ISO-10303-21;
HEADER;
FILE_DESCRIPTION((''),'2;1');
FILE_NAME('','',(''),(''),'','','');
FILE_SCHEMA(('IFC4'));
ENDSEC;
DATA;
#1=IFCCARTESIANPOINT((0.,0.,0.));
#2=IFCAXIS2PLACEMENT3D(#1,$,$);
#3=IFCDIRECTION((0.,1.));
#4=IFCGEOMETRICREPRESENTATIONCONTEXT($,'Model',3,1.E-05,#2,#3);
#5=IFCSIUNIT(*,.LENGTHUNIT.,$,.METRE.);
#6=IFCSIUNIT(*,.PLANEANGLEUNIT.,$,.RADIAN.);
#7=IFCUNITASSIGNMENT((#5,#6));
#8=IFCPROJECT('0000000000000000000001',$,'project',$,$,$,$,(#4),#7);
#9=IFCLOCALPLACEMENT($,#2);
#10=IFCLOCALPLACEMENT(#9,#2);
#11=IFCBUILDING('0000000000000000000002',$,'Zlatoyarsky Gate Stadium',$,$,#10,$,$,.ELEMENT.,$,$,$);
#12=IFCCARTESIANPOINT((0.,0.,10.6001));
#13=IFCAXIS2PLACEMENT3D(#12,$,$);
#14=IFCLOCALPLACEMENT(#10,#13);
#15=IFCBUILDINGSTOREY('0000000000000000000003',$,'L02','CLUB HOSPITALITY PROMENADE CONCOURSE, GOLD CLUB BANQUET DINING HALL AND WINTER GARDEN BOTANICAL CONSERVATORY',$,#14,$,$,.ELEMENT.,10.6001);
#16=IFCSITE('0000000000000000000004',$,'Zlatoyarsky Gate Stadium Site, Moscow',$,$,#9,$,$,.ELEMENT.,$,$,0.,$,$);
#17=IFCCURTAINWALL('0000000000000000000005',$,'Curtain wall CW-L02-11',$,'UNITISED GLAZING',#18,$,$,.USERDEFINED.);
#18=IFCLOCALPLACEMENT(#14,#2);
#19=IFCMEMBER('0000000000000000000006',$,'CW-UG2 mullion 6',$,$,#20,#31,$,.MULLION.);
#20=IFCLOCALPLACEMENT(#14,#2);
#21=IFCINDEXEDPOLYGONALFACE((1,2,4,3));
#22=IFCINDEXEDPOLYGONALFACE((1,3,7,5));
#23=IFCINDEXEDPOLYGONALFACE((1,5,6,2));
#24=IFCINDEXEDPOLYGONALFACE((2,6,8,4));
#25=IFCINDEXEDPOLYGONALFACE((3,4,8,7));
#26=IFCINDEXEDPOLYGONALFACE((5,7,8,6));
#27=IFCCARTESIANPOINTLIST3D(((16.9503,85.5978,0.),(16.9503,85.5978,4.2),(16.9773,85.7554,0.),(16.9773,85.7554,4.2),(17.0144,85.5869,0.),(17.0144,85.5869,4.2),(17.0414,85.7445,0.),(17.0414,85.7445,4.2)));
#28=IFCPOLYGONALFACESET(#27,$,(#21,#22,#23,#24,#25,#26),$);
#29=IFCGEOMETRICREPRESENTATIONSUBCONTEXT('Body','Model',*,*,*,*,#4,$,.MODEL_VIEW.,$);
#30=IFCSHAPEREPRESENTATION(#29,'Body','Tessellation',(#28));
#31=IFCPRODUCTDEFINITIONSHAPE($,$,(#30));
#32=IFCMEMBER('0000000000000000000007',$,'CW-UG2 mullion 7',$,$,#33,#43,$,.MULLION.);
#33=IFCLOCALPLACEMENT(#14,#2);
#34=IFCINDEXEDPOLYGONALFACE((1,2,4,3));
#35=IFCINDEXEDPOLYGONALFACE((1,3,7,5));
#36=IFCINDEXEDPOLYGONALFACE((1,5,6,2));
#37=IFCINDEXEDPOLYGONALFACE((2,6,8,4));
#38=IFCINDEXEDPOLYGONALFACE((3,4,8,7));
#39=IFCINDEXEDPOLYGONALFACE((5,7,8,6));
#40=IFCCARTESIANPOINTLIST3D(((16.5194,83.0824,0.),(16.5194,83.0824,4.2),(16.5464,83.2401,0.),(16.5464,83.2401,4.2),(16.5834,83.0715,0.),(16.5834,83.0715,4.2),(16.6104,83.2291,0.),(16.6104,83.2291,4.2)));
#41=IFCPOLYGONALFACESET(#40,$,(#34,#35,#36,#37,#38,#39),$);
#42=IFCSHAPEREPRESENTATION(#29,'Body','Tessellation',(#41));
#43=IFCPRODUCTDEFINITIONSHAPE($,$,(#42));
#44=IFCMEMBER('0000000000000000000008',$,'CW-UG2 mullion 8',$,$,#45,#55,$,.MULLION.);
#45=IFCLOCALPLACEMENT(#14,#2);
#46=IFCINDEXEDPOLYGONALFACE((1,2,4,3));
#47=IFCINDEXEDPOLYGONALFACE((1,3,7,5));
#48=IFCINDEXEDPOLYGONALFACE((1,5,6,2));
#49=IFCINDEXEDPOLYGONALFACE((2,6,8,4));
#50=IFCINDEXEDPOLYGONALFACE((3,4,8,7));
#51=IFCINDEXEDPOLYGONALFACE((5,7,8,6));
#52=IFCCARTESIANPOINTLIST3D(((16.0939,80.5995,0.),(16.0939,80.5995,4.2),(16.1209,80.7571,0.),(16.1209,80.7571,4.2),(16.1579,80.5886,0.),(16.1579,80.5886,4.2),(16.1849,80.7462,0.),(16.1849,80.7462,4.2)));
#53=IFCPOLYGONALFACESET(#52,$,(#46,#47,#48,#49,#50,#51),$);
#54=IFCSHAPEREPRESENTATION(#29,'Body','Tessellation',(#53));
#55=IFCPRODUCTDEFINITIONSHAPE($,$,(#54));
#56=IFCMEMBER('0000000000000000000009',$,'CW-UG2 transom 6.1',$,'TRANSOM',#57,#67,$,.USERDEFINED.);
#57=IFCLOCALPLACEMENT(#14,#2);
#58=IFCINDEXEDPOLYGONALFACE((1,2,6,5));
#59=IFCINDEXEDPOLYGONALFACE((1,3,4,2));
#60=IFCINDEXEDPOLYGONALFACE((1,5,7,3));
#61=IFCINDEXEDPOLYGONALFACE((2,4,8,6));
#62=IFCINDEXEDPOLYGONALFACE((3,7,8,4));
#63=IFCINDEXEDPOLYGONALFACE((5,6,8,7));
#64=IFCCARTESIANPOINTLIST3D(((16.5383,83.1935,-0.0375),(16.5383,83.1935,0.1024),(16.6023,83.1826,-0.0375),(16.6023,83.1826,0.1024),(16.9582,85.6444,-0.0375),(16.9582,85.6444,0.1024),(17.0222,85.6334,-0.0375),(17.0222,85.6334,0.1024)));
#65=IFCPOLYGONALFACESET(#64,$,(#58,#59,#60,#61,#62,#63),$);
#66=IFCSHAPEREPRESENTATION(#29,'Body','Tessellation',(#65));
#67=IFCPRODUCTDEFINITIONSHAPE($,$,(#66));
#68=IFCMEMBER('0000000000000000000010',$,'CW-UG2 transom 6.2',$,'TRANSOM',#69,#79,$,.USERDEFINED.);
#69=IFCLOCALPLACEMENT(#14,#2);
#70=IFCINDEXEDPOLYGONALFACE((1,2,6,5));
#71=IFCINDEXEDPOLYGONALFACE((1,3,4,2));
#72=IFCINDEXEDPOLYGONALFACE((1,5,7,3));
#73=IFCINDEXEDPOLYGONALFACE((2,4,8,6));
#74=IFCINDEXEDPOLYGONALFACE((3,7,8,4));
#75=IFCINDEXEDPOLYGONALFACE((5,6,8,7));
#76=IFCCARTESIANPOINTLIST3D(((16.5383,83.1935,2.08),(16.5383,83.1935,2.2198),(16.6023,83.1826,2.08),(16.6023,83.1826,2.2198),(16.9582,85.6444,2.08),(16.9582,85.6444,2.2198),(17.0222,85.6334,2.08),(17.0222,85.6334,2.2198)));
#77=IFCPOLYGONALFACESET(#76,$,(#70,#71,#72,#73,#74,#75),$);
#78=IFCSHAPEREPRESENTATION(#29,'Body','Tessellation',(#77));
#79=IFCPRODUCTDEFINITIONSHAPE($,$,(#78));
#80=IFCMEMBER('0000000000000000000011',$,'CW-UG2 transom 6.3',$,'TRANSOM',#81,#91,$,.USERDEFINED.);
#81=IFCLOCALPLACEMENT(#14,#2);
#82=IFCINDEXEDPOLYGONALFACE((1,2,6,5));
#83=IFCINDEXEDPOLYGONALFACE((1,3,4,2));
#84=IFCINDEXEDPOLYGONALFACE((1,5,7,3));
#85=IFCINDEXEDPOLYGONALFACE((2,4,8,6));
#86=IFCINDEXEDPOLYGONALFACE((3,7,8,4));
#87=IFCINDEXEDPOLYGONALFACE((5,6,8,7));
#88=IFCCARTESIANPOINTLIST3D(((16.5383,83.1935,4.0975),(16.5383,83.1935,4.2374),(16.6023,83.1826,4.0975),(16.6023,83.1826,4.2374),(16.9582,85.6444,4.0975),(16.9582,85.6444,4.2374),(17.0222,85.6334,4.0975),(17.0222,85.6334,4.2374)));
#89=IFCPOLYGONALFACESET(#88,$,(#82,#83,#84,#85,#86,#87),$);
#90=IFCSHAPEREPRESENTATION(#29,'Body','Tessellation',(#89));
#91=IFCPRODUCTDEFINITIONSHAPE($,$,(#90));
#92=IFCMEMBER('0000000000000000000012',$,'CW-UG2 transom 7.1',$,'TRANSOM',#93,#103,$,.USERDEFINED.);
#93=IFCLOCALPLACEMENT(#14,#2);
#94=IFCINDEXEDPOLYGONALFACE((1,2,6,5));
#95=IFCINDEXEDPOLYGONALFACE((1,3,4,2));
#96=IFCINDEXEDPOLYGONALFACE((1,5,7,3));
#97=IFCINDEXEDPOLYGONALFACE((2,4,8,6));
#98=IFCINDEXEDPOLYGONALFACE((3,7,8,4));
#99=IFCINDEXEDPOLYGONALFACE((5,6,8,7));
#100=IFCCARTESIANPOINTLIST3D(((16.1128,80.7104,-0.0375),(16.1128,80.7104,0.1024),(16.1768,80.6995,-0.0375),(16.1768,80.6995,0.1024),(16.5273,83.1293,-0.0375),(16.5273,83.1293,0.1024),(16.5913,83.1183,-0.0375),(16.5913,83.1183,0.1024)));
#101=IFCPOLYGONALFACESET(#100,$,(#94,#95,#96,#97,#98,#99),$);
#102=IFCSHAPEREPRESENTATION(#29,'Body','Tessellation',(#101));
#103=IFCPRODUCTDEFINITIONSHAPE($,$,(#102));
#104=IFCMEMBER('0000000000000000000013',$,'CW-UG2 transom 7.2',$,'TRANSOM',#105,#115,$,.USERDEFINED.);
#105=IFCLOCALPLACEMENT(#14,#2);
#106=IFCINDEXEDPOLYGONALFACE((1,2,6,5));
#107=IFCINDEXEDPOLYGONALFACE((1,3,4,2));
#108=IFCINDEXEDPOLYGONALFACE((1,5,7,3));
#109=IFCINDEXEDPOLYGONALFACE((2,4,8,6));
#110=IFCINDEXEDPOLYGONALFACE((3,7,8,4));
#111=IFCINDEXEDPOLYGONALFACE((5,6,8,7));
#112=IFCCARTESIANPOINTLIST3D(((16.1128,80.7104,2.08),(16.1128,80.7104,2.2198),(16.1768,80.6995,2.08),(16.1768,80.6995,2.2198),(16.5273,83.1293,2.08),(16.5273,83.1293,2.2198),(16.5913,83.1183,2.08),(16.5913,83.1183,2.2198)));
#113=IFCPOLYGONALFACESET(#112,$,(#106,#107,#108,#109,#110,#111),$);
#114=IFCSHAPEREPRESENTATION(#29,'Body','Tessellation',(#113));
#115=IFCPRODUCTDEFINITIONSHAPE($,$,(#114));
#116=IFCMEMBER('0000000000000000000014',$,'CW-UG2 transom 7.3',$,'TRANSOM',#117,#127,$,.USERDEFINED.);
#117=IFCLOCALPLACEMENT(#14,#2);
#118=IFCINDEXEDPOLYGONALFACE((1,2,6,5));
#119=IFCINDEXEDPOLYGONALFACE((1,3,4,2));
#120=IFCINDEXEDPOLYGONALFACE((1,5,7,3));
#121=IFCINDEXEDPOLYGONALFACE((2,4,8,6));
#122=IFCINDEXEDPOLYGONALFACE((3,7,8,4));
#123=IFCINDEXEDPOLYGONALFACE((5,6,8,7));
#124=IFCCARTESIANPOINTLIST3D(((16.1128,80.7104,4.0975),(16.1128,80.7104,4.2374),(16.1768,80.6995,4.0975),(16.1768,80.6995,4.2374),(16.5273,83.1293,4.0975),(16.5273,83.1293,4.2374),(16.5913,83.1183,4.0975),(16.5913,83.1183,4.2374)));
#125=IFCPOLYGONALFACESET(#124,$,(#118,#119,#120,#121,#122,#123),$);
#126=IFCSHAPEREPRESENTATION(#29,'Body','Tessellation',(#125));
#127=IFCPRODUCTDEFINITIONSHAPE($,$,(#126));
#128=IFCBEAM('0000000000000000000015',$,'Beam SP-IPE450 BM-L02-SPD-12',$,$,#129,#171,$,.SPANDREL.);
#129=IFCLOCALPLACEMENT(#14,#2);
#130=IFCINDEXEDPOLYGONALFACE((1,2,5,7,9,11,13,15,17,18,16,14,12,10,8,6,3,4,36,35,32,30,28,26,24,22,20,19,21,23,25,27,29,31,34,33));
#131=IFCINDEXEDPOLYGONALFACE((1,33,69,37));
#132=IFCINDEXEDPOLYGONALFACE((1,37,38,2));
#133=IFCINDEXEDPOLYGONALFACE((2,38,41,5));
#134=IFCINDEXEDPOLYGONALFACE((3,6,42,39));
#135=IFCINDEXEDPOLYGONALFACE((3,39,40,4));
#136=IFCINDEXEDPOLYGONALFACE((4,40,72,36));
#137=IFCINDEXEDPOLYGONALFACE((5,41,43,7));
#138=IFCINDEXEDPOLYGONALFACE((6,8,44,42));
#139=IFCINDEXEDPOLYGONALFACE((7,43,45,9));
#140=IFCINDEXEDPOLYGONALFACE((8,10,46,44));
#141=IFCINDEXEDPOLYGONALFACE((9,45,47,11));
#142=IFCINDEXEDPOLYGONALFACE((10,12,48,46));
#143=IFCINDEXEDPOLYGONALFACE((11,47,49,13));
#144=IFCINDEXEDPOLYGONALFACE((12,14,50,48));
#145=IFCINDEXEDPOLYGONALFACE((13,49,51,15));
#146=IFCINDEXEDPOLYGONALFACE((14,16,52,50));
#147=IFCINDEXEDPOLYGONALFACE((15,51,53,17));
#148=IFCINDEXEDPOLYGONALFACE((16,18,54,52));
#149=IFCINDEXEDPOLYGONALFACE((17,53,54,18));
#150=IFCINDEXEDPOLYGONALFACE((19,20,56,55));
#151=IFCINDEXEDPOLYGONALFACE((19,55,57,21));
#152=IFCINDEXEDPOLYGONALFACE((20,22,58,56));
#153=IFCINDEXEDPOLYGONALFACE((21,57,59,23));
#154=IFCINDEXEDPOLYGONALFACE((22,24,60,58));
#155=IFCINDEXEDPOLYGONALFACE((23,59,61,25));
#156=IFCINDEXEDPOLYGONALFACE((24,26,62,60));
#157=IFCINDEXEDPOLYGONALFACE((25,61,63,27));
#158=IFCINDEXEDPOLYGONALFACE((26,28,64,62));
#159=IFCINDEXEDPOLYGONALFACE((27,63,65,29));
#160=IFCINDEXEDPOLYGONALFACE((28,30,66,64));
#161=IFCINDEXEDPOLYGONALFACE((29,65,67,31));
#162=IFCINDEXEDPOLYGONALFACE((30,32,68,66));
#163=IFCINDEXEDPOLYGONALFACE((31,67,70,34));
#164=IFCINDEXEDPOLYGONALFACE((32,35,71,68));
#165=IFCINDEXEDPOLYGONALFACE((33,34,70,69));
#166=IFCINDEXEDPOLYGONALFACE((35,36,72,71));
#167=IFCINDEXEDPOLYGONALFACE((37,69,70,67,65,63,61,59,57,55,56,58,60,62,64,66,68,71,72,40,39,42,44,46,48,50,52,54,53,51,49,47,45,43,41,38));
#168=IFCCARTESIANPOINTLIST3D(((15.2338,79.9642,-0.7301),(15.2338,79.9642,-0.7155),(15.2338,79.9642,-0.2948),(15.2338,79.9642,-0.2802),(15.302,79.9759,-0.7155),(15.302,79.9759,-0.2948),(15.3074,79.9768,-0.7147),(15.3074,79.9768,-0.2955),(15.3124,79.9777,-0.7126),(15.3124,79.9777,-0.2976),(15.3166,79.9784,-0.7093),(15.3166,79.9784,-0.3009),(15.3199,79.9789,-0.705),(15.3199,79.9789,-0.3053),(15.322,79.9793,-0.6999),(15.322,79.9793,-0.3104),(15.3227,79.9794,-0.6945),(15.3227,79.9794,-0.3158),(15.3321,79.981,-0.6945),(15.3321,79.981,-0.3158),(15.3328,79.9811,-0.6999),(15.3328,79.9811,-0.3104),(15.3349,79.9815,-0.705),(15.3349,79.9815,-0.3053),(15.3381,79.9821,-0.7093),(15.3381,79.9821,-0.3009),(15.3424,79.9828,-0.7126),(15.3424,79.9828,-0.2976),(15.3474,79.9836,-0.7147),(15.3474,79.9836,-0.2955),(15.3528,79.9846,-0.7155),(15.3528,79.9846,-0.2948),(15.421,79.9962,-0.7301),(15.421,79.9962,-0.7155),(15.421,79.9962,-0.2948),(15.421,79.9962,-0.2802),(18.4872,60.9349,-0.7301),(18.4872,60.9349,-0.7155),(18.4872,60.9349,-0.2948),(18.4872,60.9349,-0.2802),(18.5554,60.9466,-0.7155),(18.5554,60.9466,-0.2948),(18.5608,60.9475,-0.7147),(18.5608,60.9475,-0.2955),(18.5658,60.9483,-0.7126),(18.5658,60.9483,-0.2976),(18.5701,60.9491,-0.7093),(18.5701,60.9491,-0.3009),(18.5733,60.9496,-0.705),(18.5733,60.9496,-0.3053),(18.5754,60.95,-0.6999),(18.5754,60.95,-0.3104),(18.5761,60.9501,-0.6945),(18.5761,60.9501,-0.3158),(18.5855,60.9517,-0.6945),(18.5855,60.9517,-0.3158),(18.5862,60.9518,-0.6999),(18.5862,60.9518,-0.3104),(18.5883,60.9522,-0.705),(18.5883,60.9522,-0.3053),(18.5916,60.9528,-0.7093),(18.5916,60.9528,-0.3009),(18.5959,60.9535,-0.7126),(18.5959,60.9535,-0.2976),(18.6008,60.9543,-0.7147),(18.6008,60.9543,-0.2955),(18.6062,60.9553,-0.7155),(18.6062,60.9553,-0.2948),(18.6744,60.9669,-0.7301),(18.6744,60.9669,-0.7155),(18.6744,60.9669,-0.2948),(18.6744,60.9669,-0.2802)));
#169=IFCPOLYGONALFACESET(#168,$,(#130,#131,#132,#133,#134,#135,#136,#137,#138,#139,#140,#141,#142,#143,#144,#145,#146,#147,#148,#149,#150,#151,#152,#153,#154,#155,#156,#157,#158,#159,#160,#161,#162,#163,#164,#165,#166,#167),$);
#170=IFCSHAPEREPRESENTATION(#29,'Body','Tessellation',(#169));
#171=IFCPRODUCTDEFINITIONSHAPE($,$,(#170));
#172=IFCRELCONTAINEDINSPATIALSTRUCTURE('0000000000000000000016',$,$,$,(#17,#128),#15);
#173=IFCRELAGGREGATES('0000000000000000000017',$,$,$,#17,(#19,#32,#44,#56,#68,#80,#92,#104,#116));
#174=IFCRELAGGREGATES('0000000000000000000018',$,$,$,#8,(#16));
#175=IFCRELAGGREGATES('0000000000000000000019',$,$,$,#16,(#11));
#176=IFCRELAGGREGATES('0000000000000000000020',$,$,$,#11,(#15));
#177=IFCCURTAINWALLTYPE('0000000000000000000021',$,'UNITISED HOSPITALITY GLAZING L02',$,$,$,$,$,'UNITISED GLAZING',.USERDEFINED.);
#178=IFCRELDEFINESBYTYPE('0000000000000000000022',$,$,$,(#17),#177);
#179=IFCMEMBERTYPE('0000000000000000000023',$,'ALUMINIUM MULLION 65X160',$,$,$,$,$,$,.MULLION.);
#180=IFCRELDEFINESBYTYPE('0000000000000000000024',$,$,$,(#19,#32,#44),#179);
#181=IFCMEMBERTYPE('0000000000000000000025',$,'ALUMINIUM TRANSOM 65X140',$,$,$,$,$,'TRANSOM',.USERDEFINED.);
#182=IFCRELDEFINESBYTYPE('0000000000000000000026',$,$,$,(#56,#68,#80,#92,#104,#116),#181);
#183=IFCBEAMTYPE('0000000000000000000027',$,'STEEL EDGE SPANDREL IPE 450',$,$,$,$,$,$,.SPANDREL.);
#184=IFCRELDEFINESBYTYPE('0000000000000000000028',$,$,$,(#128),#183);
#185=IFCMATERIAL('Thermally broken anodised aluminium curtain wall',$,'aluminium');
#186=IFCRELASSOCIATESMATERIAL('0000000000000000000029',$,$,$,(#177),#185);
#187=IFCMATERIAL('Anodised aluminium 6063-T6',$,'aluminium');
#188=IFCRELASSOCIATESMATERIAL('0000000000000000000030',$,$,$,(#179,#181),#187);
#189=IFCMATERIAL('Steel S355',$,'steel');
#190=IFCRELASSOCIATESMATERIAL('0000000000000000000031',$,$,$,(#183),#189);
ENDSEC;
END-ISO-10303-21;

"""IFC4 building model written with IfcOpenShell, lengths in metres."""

from ifc_helpers import new_model, si_unit, direction, frame, origin, origin_2d, place, context, subcontext, project, spatial, rectangle, i_section, extrude, material, material_profile, profile_set, type_object, element, aggregate, save


model = new_model("IFC4")

# Units and contexts
model_context = context("Model", 3, precision=1e-05, world=origin(), true_north=direction((0.0, 1.0)))
body_context = subcontext(model_context, "Body", "Model", "MODEL_VIEW")
ifc_project = project(units=[si_unit("LENGTHUNIT", "METRE"), si_unit("PLANEANGLEUNIT", "RADIAN")], contexts=[model_context])

# Site, building, storey
site_placement = place(None, origin())
site = spatial("IfcSite", under=ifc_project, at=site_placement, Name="Zlatoyarsky Gate Stadium Site, Moscow", CompositionType="ELEMENT", RefElevation=0.0)
building_placement = place(site_placement, origin())
building = spatial("IfcBuilding", under=site, at=building_placement, Name="Zlatoyarsky Gate Stadium", CompositionType="ELEMENT")
storey_placement = place(building_placement, frame((0.0, 0.0, 10.6001)))
storey = spatial("IfcBuildingStorey", under=building, at=storey_placement, Name="L02", Description="CLUB HOSPITALITY PROMENADE CONCOURSE, GOLD CLUB BANQUET DINING HALL AND WINTER GARDEN BOTANICAL CONSERVATORY", CompositionType="ELEMENT", Elevation=10.6001)

# Curtain wall, members
ifc_material_1 = material(Name="Thermally broken anodised aluminium curtain wall", Category="aluminium")
curtain_wall_type = type_object("IfcCurtainWallType", Name="UNITISED HOSPITALITY GLAZING L02", ElementType="UNITISED GLAZING", PredefinedType="USERDEFINED", material=ifc_material_1)
curtain_wall_placement = place(storey_placement, origin())
curtain_wall = element("IfcCurtainWall", 1, at=curtain_wall_placement, inside=storey, type_object=curtain_wall_type, Name="Curtain wall CW-L02-11", ObjectType="UNITISED GLAZING", PredefinedType="USERDEFINED")
ifc_material_2 = material(Name="Anodised aluminium 6063-T6", Category="aluminium")
ifc_material_profile_1 = material_profile(ifc_material_2, rectangle(XDim=0.0649, YDim=0.1599, at=origin_2d()), Name="ALU 65X160")
ifc_profile_set_1 = profile_set([ifc_material_profile_1], Name="Anodised aluminium 6063-T6")
member_type_1 = type_object("IfcMemberType", Name="ALUMINIUM MULLION 65X160", PredefinedType="MULLION", material=ifc_profile_set_1)
member_1_placement = place(storey_placement, frame((16.9958, 85.6711, 0.0), z_axis=(0.0, 0.0, 1.0), x_axis=(0.985637, -0.168876, 0.0)))
member_1 = element("IfcMember", 2, at=member_1_placement, type_object=member_type_1, Name="CW-UG2 mullion 6", PredefinedType="MULLION", context=body_context, shape_type="SweptSolid", body=[
    extrude(rectangle(XDim=0.0649, YDim=0.1599, at=origin_2d()), origin(), (0.0, 0.0, 1.0), 4.2),
])
member_2_placement = place(storey_placement, frame((16.5649, 83.1558, 0.0), z_axis=(0.0, 0.0, 1.0), x_axis=(0.985637, -0.168876, 0.0)))
member_2 = element("IfcMember", 3, at=member_2_placement, type_object=member_type_1, Name="CW-UG2 mullion 7", PredefinedType="MULLION", context=body_context, shape_type="SweptSolid", body=[
    extrude(rectangle(XDim=0.0649, YDim=0.1599, at=origin_2d()), origin(), (0.0, 0.0, 1.0), 4.2),
])
member_3_placement = place(storey_placement, frame((16.1394, 80.6729, 0.0), z_axis=(0.0, 0.0, 1.0), x_axis=(0.985637, -0.168876, 0.0)))
member_3 = element("IfcMember", 4, at=member_3_placement, type_object=member_type_1, Name="CW-UG2 mullion 8", PredefinedType="MULLION", context=body_context, shape_type="SweptSolid", body=[
    extrude(rectangle(XDim=0.0649, YDim=0.1599, at=origin_2d()), origin(), (0.0, 0.0, 1.0), 4.2),
])
ifc_material_profile_2 = material_profile(ifc_material_2, rectangle(XDim=0.0649, YDim=0.1399, at=origin_2d()), Name="ALU 65X140")
ifc_profile_set_2 = profile_set([ifc_material_profile_2], Name="Anodised aluminium 6063-T6")
member_type_2 = type_object("IfcMemberType", Name="ALUMINIUM TRANSOM 65X140", ElementType="TRANSOM", PredefinedType="USERDEFINED", material=ifc_profile_set_2)
member_4_placement = place(storey_placement, frame((16.9902, 85.6389, 0.0325), z_axis=(-0.168871, -0.985638, 0.0), x_axis=(0.985638, -0.168871, 0.0)))
member_4 = element("IfcMember", 5, at=member_4_placement, type_object=member_type_2, Name="CW-UG2 transom 6.1", ObjectType="TRANSOM", PredefinedType="USERDEFINED", context=body_context, shape_type="SweptSolid", body=[
    extrude(rectangle(XDim=0.0649, YDim=0.1399, at=origin_2d()), origin(), (0.0, 0.0, 1.0), 2.4866),
])
member_5_placement = place(storey_placement, frame((16.9902, 85.6389, 2.1499), z_axis=(-0.168871, -0.985638, 0.0), x_axis=(0.985638, -0.168871, 0.0)))
member_5 = element("IfcMember", 6, at=member_5_placement, type_object=member_type_2, Name="CW-UG2 transom 6.2", ObjectType="TRANSOM", PredefinedType="USERDEFINED", context=body_context, shape_type="SweptSolid", body=[
    extrude(rectangle(XDim=0.0649, YDim=0.1399, at=origin_2d()), origin(), (0.0, 0.0, 1.0), 2.4866),
])
member_6_placement = place(storey_placement, frame((16.9902, 85.6389, 4.1675), z_axis=(-0.168871, -0.985638, 0.0), x_axis=(0.985638, -0.168871, 0.0)))
member_6 = element("IfcMember", 7, at=member_6_placement, type_object=member_type_2, Name="CW-UG2 transom 6.3", ObjectType="TRANSOM", PredefinedType="USERDEFINED", context=body_context, shape_type="SweptSolid", body=[
    extrude(rectangle(XDim=0.0649, YDim=0.1399, at=origin_2d()), origin(), (0.0, 0.0, 1.0), 2.4866),
])
member_7_placement = place(storey_placement, frame((16.5593, 83.1238, 0.0325), z_axis=(-0.168914, -0.985631, 0.0), x_axis=(0.985631, -0.168914, 0.0)))
member_7 = element("IfcMember", 8, at=member_7_placement, type_object=member_type_2, Name="CW-UG2 transom 7.1", ObjectType="TRANSOM", PredefinedType="USERDEFINED", context=body_context, shape_type="SweptSolid", body=[
    extrude(rectangle(XDim=0.0649, YDim=0.1399, at=origin_2d()), origin(), (0.0, 0.0, 1.0), 2.4541),
])
member_8_placement = place(storey_placement, frame((16.5593, 83.1238, 2.1499), z_axis=(-0.168914, -0.985631, 0.0), x_axis=(0.985631, -0.168914, 0.0)))
member_8 = element("IfcMember", 9, at=member_8_placement, type_object=member_type_2, Name="CW-UG2 transom 7.2", ObjectType="TRANSOM", PredefinedType="USERDEFINED", context=body_context, shape_type="SweptSolid", body=[
    extrude(rectangle(XDim=0.0649, YDim=0.1399, at=origin_2d()), origin(), (0.0, 0.0, 1.0), 2.4541),
])
member_9_placement = place(storey_placement, frame((16.5593, 83.1238, 4.1675), z_axis=(-0.168914, -0.985631, 0.0), x_axis=(0.985631, -0.168914, 0.0)))
member_9 = element("IfcMember", 10, at=member_9_placement, type_object=member_type_2, Name="CW-UG2 transom 7.3", ObjectType="TRANSOM", PredefinedType="USERDEFINED", context=body_context, shape_type="SweptSolid", body=[
    extrude(rectangle(XDim=0.0649, YDim=0.1399, at=origin_2d()), origin(), (0.0, 0.0, 1.0), 2.4541),
])

# Beam
ifc_material_3 = material(Name="Steel S355", Category="steel")
ifc_material_profile_3 = material_profile(ifc_material_3, i_section(OverallWidth=0.1899, OverallDepth=0.45, WebThickness=0.0095, FlangeThickness=0.0146, FilletRadius=0.021, at=origin_2d()), Name="IPE 450")
ifc_profile_set_3 = profile_set([ifc_material_profile_3], Name="Steel S355")
beam_type_1 = type_object("IfcBeamType", Name="STEEL EDGE SPANDREL IPE 450", PredefinedType="SPANDREL", material=ifc_profile_set_3)
beam_1_placement = place(storey_placement, frame((15.3274, 79.9802, -0.5051), z_axis=(0.168524, -0.985698, 0.0), x_axis=(0.985698, 0.168524, 0.0)))
element("IfcBeam", 11, at=beam_1_placement, inside=storey, type_object=beam_type_1, Name="Beam SP-IPE450 BM-L02-SPD-12", PredefinedType="SPANDREL", context=body_context, shape_type="SweptSolid", body=[
    extrude(i_section(OverallWidth=0.1899, OverallDepth=0.45, WebThickness=0.0095, FlangeThickness=0.0146, FilletRadius=0.021, at=origin_2d()), origin(), (0.0, 0.0, 1.0), 19.3054),
])

aggregate(curtain_wall, [member_1, member_2, member_3, member_4, member_5, member_6, member_7, member_8, member_9])

save(model, "model.ifc")
